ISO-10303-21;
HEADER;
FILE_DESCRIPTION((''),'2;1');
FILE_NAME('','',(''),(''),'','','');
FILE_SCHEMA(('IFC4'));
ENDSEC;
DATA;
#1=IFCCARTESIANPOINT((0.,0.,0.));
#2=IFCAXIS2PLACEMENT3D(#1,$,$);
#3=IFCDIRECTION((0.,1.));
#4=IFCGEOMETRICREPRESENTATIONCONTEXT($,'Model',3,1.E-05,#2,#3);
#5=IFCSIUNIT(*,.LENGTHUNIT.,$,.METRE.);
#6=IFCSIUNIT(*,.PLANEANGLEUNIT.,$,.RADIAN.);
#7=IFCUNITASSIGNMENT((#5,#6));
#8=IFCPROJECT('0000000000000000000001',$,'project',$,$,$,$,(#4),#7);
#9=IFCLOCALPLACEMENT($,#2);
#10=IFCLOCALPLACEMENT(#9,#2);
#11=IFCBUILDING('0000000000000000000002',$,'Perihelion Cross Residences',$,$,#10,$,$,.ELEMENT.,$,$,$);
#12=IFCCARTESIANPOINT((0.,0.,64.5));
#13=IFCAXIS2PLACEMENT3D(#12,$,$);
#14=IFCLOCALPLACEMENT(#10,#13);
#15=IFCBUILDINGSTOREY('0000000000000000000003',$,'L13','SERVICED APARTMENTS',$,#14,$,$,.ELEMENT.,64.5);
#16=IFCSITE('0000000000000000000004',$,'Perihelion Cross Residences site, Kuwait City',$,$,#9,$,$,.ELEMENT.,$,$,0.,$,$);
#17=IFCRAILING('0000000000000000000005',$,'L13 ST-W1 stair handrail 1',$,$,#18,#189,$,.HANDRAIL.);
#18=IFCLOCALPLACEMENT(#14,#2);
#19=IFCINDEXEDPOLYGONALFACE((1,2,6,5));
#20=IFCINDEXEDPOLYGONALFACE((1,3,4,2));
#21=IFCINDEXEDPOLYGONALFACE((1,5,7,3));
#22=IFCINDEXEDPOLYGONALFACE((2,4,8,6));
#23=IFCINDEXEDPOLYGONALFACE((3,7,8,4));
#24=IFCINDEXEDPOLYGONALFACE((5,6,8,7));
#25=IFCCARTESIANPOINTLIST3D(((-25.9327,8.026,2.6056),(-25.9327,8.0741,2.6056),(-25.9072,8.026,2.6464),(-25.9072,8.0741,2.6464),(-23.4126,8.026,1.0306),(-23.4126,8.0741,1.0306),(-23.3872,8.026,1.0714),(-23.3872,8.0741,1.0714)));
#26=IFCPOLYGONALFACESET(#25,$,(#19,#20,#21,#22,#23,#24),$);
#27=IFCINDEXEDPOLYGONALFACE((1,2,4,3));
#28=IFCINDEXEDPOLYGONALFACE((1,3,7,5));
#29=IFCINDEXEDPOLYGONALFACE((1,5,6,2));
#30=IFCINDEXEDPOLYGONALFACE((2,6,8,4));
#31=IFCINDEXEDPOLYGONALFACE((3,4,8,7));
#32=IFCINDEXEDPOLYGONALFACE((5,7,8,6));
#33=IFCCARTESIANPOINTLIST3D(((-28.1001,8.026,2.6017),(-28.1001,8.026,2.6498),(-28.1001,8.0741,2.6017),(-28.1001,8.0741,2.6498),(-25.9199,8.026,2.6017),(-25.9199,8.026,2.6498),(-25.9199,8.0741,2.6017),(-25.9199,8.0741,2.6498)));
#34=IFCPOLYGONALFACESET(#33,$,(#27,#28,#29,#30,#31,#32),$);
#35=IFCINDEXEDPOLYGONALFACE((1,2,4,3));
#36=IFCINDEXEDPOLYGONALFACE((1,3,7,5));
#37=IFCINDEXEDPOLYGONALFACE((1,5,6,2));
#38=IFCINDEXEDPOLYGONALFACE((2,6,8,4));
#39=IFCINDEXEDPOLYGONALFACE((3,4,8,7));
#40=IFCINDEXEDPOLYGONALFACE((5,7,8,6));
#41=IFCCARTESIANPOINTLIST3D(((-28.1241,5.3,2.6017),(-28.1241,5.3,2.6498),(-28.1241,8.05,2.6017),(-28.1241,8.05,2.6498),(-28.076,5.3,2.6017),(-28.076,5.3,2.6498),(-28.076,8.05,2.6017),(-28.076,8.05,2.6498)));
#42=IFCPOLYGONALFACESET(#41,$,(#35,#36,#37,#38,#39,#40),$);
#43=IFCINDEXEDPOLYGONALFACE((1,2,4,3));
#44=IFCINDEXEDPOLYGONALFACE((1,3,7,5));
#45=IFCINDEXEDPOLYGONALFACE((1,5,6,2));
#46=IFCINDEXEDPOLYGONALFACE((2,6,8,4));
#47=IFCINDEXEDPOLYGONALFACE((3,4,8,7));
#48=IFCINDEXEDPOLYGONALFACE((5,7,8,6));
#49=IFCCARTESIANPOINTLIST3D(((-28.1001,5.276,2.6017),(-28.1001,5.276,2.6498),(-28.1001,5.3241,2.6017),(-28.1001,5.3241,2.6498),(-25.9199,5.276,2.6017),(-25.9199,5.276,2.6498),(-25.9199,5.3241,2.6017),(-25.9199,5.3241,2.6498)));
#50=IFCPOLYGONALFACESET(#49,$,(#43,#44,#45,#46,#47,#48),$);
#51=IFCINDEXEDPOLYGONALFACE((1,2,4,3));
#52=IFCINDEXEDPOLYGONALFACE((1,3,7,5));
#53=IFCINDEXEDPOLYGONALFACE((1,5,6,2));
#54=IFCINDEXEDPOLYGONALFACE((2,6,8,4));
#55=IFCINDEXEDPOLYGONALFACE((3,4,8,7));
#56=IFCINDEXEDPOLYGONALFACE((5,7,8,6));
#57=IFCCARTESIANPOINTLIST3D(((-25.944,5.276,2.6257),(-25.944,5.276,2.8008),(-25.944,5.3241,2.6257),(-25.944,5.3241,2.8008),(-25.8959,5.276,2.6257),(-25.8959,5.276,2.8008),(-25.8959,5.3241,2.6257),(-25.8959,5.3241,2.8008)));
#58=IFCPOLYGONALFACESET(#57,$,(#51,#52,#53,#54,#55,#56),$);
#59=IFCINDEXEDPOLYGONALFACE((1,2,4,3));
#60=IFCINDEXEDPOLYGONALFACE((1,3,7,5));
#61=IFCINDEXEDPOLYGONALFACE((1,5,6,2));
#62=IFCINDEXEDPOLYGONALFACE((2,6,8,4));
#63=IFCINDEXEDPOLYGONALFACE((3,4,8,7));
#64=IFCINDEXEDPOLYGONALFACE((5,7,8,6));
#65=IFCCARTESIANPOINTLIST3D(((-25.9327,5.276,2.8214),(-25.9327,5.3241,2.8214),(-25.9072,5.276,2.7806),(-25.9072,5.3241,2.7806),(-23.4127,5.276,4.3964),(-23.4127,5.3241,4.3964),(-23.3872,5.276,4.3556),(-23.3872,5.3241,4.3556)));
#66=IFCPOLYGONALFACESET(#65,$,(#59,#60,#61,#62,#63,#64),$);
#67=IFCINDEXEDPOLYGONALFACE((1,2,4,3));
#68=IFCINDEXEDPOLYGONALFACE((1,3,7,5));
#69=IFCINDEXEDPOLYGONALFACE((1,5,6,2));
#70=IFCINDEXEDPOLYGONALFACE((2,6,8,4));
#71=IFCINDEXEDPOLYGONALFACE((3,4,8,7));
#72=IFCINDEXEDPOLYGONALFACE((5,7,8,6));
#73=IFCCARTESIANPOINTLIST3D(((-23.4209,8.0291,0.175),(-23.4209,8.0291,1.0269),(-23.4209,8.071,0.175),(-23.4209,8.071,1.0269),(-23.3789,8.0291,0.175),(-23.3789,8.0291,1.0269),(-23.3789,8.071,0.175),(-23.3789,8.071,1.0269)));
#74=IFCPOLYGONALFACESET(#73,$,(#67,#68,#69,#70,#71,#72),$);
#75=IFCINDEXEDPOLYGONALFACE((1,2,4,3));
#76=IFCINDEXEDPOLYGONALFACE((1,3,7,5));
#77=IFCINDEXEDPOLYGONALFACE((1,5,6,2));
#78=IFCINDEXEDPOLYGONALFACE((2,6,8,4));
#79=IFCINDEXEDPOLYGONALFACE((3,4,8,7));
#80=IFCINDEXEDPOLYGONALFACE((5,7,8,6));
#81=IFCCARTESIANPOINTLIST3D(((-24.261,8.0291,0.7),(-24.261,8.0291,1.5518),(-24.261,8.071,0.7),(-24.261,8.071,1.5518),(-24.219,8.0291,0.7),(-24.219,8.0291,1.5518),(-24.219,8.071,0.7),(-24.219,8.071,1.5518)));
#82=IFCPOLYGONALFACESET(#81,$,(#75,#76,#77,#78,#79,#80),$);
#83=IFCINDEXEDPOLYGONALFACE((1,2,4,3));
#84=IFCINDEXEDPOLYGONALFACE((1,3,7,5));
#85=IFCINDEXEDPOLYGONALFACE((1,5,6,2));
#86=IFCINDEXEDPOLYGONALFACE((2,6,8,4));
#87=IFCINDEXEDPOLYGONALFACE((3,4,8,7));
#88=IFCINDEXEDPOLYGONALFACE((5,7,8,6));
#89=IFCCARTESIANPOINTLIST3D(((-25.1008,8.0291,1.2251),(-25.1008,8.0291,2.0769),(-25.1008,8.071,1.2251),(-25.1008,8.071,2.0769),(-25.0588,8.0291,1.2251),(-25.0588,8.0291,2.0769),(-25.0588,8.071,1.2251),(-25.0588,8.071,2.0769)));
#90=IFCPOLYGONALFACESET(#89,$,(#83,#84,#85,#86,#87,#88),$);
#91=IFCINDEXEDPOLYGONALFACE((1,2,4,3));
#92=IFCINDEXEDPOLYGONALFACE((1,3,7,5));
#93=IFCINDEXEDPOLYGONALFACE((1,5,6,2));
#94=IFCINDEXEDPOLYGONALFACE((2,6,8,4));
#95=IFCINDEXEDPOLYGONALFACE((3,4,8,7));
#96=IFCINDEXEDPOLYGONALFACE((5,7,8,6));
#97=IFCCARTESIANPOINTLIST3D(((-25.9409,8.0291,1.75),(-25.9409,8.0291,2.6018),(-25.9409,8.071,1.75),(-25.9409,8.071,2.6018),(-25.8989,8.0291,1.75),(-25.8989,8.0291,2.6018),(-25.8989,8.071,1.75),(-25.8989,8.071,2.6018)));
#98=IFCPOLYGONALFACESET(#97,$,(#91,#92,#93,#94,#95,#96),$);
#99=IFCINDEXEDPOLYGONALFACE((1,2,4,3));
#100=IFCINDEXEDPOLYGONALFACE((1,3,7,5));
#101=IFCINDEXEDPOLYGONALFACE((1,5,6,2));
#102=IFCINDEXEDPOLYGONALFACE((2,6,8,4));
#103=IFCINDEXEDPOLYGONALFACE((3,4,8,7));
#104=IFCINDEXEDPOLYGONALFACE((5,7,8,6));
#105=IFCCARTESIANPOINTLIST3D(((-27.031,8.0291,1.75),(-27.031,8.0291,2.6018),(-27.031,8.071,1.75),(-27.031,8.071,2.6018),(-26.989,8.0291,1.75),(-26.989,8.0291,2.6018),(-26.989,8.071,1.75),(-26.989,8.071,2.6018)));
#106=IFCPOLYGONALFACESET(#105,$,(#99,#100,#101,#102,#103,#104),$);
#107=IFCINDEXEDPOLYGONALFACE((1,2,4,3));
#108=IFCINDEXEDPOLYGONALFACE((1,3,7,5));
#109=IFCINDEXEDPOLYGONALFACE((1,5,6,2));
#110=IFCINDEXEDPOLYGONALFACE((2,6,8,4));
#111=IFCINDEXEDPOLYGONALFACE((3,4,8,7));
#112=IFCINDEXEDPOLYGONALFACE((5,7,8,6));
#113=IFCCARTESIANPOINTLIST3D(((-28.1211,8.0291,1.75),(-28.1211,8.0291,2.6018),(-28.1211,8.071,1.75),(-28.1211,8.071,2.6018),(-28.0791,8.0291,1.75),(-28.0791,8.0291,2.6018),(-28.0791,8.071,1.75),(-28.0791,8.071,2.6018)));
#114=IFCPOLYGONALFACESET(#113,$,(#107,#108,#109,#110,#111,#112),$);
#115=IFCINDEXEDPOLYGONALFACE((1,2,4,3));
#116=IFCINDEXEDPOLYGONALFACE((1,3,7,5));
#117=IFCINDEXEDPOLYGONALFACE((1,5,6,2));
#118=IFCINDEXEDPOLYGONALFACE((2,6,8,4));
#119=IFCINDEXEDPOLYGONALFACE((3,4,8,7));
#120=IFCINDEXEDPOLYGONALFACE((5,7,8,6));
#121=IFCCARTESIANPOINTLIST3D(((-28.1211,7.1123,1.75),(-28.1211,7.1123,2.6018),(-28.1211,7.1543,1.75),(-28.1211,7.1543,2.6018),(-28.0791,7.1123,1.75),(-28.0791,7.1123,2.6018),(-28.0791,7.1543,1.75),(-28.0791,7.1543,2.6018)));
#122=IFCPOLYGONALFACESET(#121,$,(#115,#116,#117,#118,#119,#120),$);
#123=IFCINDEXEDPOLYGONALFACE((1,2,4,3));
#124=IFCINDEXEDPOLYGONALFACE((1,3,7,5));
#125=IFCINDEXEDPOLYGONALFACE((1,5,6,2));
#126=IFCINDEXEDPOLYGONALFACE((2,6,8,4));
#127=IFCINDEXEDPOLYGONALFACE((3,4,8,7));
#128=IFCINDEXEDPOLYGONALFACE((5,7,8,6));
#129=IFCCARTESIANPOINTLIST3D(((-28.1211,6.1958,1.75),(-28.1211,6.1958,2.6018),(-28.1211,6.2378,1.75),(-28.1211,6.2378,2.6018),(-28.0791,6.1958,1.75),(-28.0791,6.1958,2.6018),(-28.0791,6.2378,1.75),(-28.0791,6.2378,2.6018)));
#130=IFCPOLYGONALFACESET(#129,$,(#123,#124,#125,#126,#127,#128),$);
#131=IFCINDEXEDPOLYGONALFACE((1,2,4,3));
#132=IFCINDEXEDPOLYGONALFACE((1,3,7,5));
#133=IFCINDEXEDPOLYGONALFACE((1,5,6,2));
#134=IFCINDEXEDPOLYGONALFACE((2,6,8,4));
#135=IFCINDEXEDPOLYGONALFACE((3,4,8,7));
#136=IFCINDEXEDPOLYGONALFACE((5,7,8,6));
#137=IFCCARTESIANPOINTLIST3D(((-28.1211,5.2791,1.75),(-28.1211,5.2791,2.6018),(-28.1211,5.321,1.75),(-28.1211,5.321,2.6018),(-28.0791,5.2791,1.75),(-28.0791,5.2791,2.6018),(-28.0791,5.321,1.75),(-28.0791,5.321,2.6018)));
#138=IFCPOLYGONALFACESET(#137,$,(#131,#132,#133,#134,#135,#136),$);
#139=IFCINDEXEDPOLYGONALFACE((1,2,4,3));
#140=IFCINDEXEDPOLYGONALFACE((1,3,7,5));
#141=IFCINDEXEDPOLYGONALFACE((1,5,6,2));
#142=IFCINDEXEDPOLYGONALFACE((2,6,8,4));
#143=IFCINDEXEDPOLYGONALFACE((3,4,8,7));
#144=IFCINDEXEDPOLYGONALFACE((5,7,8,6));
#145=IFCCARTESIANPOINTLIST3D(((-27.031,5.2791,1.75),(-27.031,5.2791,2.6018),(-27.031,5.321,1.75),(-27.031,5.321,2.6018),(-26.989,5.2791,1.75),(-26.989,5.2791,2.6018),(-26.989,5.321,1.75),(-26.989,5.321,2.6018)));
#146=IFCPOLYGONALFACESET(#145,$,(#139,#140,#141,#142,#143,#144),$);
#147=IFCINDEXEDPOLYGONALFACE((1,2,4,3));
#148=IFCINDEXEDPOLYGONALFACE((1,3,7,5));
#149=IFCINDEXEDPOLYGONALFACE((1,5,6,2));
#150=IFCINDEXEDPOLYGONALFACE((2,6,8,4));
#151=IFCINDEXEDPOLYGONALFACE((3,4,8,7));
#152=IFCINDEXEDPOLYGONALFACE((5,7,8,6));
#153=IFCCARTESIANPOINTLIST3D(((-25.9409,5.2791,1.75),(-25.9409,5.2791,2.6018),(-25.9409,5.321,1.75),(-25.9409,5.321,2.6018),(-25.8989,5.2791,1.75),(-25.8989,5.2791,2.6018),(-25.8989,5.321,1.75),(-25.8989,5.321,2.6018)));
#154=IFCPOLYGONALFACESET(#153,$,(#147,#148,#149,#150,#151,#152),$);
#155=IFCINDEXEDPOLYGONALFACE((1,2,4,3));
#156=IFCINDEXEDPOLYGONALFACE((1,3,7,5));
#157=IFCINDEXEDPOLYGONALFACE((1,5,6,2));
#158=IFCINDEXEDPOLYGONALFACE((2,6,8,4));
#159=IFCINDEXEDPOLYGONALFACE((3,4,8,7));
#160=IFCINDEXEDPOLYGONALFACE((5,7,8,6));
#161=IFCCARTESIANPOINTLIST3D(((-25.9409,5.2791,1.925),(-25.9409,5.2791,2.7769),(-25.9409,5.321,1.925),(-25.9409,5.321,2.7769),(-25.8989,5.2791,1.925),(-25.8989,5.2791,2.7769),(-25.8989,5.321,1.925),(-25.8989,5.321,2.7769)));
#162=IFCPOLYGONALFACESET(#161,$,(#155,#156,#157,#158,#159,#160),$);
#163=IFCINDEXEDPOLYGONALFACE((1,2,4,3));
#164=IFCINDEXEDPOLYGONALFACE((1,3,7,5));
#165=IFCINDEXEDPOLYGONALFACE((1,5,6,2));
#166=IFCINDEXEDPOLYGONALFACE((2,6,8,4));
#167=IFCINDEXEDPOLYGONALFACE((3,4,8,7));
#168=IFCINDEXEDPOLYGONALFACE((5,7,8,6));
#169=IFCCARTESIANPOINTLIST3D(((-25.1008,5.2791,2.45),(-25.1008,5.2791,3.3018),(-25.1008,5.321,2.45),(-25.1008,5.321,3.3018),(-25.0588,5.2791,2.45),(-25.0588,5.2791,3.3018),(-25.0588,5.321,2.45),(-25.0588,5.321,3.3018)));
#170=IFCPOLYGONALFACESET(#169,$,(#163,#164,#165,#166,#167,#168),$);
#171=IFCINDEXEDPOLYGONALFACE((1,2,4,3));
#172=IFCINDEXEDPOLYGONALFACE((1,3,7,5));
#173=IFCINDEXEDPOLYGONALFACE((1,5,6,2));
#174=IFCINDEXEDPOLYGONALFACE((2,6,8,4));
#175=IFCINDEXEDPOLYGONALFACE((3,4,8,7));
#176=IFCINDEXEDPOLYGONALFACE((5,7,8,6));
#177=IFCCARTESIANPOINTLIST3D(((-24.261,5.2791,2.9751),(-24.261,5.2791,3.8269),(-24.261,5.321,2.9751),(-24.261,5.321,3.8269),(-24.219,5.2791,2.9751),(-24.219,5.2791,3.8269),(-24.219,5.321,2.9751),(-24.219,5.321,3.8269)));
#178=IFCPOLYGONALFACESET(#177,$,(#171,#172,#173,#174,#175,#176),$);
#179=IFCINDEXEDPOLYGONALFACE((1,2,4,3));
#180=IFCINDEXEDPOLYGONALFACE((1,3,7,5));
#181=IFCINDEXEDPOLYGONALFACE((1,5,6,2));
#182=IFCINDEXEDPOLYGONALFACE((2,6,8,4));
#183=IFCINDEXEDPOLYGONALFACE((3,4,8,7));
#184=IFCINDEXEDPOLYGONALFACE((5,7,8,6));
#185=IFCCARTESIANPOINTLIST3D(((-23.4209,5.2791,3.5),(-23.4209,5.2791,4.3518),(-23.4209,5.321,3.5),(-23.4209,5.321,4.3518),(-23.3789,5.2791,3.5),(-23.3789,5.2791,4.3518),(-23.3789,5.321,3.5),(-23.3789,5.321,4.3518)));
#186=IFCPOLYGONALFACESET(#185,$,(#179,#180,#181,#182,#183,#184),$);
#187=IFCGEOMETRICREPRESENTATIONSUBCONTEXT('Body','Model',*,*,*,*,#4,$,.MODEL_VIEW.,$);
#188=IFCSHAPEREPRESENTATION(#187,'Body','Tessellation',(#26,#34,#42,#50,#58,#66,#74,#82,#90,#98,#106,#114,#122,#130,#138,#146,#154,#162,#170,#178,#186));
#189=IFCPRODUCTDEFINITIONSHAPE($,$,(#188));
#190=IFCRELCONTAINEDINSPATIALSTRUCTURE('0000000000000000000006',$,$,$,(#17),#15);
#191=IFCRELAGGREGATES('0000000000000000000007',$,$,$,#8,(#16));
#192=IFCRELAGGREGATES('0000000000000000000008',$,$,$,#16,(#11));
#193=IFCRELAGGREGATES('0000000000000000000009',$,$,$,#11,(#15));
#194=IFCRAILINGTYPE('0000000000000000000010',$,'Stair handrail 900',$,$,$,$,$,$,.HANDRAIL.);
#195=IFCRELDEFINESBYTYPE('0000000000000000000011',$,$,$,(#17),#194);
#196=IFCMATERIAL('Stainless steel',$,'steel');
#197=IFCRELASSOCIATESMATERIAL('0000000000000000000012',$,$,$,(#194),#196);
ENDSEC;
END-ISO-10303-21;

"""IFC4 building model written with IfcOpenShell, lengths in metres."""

from ifc_helpers import new_model, si_unit, direction, frame, origin, origin_2d, place, context, subcontext, project, spatial, rectangle, extrude, material, type_object, element, save


model = new_model("IFC4")

# Units and contexts
model_context = context("Model", 3, precision=1e-05, world=origin(), true_north=direction((0.0, 1.0)))
body_context = subcontext(model_context, "Body", "Model", "MODEL_VIEW")
ifc_project = project(units=[si_unit("LENGTHUNIT", "METRE"), si_unit("PLANEANGLEUNIT", "RADIAN")], contexts=[model_context])

# Site, building, storey
site_placement = place(None, origin())
site = spatial("IfcSite", under=ifc_project, at=site_placement, Name="Perihelion Cross Residences site, Kuwait City", CompositionType="ELEMENT", RefElevation=0.0)
building_placement = place(site_placement, origin())
building = spatial("IfcBuilding", under=site, at=building_placement, Name="Perihelion Cross Residences", CompositionType="ELEMENT")
storey_placement = place(building_placement, frame((0.0, 0.0, 64.5)))
storey = spatial("IfcBuildingStorey", under=building, at=storey_placement, Name="L13", Description="SERVICED APARTMENTS", CompositionType="ELEMENT", Elevation=64.5)

# Railing
ifc_material_1 = material(Name="Stainless steel", Category="steel")
railing_type_1 = type_object("IfcRailingType", Name="Stair handrail 900", PredefinedType="HANDRAIL", material=ifc_material_1)
railing_1_placement = place(storey_placement, frame((-23.3999, 8.05, 0.175)))
element("IfcRailing", 1, at=railing_1_placement, inside=storey, type_object=railing_type_1, Name="L13 ST-W1 stair handrail 1", PredefinedType="HANDRAIL", context=body_context, shape_type="SweptSolid", body=[
    extrude(rectangle(XDim=0.0481, YDim=0.0481, at=origin_2d()), frame((0.0, 0.0, 0.876), z_axis=(-0.848008, 0.0, 0.529984), x_axis=(0.0, -1.0, 0.0)), (0.0, 0.0, 1.0), 2.9717),
    extrude(rectangle(XDim=0.0481, YDim=0.0481, at=origin_2d()), frame((-2.52, 0.0, 2.4507), z_axis=(-1.0, 0.0, 0.0), x_axis=(0.0, -1.0, 0.0)), (0.0, 0.0, 1.0), 2.1802),
    extrude(rectangle(XDim=0.0481, YDim=0.0481, at=origin_2d()), frame((-4.7002, 0.0, 2.4507), z_axis=(0.0, -1.0, 0.0), x_axis=(1.0, 0.0, 0.0)), (0.0, 0.0, 1.0), 2.75),
    extrude(rectangle(XDim=0.0481, YDim=0.0481, at=origin_2d()), frame((-4.7002, -2.75, 2.4507), z_axis=(1.0, 0.0, 0.0), x_axis=(0.0, 1.0, 0.0)), (0.0, 0.0, 1.0), 2.1802),
    extrude(rectangle(XDim=0.0481, YDim=0.0481, at=origin_2d()), frame((-2.52, -2.75, 2.4507), z_axis=(0.0, 0.0, 1.0), x_axis=(1.0, 0.0, 0.0)), (0.0, 0.0, 1.0), 0.175),
    extrude(rectangle(XDim=0.0481, YDim=0.0481, at=origin_2d()), frame((-2.52, -2.75, 2.626), z_axis=(0.848008, 0.0, 0.529984), x_axis=(0.0, 1.0, 0.0)), (0.0, 0.0, 1.0), 2.9717),
    extrude(rectangle(XDim=0.042, YDim=0.042, at=origin_2d()), origin(), (0.0, 0.0, 1.0), 0.8518),
    extrude(rectangle(XDim=0.042, YDim=0.042, at=origin_2d()), frame((-0.8401, 0.0, 0.5249)), (0.0, 0.0, 1.0), 0.8518),
    extrude(rectangle(XDim=0.042, YDim=0.042, at=origin_2d()), frame((-1.6799, 0.0, 1.05)), (0.0, 0.0, 1.0), 0.8518),
    extrude(rectangle(XDim=0.042, YDim=0.042, at=origin_2d()), frame((-2.52, 0.0, 1.575)), (0.0, 0.0, 1.0), 0.8518),
    extrude(rectangle(XDim=0.042, YDim=0.042, at=origin_2d()), frame((-3.6101, 0.0, 1.575)), (0.0, 0.0, 1.0), 0.8518),
    extrude(rectangle(XDim=0.042, YDim=0.042, at=origin_2d()), frame((-4.7002, 0.0, 1.575)), (0.0, 0.0, 1.0), 0.8518),
    extrude(rectangle(XDim=0.042, YDim=0.042, at=origin_2d()), frame((-4.7002, -0.9167, 1.575)), (0.0, 0.0, 1.0), 0.8518),
    extrude(rectangle(XDim=0.042, YDim=0.042, at=origin_2d()), frame((-4.7002, -1.8333, 1.575)), (0.0, 0.0, 1.0), 0.8518),
    extrude(rectangle(XDim=0.042, YDim=0.042, at=origin_2d()), frame((-4.7002, -2.75, 1.575)), (0.0, 0.0, 1.0), 0.8518),
    extrude(rectangle(XDim=0.042, YDim=0.042, at=origin_2d()), frame((-3.6101, -2.75, 1.575)), (0.0, 0.0, 1.0), 0.8518),
    extrude(rectangle(XDim=0.042, YDim=0.042, at=origin_2d()), frame((-2.52, -2.75, 1.575)), (0.0, 0.0, 1.0), 0.8518),
    extrude(rectangle(XDim=0.042, YDim=0.042, at=origin_2d()), frame((-2.52, -2.75, 1.75)), (0.0, 0.0, 1.0), 0.8518),
    extrude(rectangle(XDim=0.042, YDim=0.042, at=origin_2d()), frame((-1.6799, -2.75, 2.2749)), (0.0, 0.0, 1.0), 0.8518),
    extrude(rectangle(XDim=0.042, YDim=0.042, at=origin_2d()), frame((-0.8401, -2.75, 2.8)), (0.0, 0.0, 1.0), 0.8518),
    extrude(rectangle(XDim=0.042, YDim=0.042, at=origin_2d()), frame((0.0, -2.75, 3.325)), (0.0, 0.0, 1.0), 0.8518),
])

save(model, "model.ifc")
